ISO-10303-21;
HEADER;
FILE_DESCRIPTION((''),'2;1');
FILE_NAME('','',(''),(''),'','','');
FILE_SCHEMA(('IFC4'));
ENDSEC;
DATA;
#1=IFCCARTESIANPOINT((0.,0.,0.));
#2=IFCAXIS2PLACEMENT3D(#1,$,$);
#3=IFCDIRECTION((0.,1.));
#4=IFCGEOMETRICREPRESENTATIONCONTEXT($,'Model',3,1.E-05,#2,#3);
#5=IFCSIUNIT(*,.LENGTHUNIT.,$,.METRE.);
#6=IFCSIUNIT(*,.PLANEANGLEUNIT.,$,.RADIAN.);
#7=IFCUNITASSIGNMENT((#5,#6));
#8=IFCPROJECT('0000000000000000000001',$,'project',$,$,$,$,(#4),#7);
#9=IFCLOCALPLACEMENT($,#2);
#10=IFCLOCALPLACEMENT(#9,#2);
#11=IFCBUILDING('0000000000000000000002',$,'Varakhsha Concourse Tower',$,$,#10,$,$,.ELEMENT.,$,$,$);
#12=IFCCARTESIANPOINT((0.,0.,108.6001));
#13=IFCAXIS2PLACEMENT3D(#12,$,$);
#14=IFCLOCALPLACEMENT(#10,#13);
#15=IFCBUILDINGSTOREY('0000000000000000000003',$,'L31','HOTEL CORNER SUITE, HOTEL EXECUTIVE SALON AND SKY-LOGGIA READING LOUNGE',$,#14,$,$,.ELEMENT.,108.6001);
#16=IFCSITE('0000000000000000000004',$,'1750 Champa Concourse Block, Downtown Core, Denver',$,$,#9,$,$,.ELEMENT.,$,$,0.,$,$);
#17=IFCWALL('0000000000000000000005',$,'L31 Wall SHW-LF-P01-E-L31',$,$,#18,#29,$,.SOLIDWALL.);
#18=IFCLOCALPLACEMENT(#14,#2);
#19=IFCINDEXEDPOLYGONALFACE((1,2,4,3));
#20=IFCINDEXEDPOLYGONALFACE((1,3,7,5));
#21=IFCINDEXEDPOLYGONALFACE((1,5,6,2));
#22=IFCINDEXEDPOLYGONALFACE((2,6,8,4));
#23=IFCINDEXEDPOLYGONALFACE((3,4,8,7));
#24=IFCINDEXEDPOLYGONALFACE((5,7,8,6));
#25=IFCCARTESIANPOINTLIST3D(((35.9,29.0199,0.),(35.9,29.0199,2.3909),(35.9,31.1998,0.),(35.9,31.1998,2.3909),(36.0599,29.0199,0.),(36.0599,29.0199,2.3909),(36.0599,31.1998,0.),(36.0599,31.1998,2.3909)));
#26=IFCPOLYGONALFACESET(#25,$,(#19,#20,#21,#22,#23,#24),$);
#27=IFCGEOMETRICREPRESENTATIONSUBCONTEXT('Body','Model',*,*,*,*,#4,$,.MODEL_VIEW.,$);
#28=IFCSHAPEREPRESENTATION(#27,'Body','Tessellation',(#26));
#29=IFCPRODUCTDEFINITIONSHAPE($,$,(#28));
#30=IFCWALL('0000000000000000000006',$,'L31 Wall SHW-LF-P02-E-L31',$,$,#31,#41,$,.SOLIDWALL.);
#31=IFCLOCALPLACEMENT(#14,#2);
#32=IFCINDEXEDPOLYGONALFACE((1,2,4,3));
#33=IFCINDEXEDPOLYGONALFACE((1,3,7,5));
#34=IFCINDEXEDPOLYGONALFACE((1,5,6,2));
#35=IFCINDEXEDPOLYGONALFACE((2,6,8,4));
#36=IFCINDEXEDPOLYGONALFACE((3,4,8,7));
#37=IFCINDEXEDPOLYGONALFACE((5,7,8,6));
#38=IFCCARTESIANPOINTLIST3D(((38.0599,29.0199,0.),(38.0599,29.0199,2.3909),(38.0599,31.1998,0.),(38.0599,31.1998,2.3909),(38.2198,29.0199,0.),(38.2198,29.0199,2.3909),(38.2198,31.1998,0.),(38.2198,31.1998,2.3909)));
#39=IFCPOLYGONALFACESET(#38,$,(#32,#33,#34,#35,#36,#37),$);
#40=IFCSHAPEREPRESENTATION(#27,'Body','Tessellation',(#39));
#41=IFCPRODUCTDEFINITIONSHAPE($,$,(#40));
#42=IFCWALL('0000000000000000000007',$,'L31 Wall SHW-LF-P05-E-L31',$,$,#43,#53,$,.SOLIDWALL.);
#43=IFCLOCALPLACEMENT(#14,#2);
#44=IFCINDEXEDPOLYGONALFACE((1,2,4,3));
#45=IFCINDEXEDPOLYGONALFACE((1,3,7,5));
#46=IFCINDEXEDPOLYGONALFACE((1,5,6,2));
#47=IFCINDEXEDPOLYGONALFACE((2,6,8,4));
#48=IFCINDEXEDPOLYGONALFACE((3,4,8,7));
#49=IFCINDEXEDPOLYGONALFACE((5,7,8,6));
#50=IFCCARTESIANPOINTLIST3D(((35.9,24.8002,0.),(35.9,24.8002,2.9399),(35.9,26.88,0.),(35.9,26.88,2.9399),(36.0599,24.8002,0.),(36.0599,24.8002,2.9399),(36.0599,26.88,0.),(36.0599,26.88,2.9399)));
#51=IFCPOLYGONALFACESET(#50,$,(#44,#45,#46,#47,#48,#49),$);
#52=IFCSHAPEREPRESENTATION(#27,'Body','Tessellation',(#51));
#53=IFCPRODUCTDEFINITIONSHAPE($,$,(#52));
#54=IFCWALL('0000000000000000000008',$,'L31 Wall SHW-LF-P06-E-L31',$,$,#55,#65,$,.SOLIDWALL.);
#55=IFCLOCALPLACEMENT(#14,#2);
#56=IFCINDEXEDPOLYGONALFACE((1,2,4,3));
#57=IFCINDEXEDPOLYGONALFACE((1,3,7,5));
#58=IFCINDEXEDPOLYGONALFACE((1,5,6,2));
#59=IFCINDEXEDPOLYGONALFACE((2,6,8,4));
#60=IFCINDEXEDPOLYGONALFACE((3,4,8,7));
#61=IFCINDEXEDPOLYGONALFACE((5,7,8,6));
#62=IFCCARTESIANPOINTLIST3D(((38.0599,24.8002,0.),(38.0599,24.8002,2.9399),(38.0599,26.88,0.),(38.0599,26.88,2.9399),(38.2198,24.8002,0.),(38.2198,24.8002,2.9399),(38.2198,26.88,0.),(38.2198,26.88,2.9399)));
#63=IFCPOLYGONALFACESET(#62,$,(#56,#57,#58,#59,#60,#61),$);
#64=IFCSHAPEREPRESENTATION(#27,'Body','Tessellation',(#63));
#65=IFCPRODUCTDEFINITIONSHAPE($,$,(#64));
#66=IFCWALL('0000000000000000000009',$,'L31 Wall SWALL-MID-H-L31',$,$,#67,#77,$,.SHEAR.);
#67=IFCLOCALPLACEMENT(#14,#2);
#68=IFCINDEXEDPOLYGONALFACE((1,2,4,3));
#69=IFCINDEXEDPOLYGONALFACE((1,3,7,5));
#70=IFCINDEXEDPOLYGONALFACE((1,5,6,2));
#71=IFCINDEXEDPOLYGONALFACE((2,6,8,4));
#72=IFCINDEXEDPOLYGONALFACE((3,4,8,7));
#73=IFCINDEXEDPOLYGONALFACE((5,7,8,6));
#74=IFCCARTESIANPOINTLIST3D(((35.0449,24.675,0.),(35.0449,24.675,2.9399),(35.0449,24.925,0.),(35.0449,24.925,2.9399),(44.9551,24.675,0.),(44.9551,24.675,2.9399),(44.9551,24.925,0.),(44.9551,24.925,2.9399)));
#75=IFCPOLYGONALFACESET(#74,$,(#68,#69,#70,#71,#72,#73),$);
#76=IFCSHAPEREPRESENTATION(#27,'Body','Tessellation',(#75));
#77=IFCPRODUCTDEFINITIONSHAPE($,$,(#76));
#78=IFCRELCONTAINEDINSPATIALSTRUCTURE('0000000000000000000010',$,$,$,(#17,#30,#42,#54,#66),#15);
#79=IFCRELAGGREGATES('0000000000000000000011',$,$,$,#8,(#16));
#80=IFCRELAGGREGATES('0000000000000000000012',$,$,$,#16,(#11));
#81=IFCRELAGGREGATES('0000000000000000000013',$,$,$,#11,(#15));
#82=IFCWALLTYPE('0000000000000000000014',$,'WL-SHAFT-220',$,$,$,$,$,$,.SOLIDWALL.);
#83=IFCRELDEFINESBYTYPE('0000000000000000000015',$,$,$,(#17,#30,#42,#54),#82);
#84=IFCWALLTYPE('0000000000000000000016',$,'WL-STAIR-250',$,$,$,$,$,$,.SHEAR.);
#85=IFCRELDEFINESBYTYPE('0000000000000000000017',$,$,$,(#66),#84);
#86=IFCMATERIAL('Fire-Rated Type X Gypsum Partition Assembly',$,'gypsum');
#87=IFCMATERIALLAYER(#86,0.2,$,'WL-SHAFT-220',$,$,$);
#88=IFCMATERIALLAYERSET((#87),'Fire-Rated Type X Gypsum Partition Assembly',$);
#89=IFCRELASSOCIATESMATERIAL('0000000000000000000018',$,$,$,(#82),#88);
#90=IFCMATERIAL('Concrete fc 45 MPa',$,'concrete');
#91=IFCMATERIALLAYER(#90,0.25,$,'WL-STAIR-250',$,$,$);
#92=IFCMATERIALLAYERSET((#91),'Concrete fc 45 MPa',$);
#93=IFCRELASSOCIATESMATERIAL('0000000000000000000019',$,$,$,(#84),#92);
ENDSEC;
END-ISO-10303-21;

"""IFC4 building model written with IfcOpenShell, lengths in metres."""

from ifc_helpers import new_model, si_unit, direction, frame, frame_2d, origin, place, context, subcontext, project, spatial, rectangle, extrude, material, layer, layer_set, type_object, element, save


model = new_model("IFC4")

# Units and contexts
model_context = context("Model", 3, precision=1e-05, world=origin(), true_north=direction((0.0, 1.0)))
body_context = subcontext(model_context, "Body", "Model", "MODEL_VIEW")
ifc_project = project(units=[si_unit("LENGTHUNIT", "METRE"), si_unit("PLANEANGLEUNIT", "RADIAN")], contexts=[model_context])

# Site, building, storey
site_placement = place(None, origin())
site = spatial("IfcSite", under=ifc_project, at=site_placement, Name="1750 Champa Concourse Block, Downtown Core, Denver", CompositionType="ELEMENT", RefElevation=0.0)
building_placement = place(site_placement, origin())
building = spatial("IfcBuilding", under=site, at=building_placement, Name="Varakhsha Concourse Tower", CompositionType="ELEMENT")
storey_placement = place(building_placement, frame((0.0, 0.0, 108.6001)))
storey = spatial("IfcBuildingStorey", under=building, at=storey_placement, Name="L31", Description="HOTEL CORNER SUITE, HOTEL EXECUTIVE SALON AND SKY-LOGGIA READING LOUNGE", CompositionType="ELEMENT", Elevation=108.6001)

# Shared definitions
ifc_material_1 = material(Name="Fire-Rated Type X Gypsum Partition Assembly", Category="gypsum")
ifc_layer_1 = layer(ifc_material_1, 0.2, Name="WL-SHAFT-220")
ifc_layer_set_1 = layer_set([ifc_layer_1], Name="Fire-Rated Type X Gypsum Partition Assembly")
wall_type_1 = type_object("IfcWallType", Name="WL-SHAFT-220", PredefinedType="SOLIDWALL", material=ifc_layer_set_1)

# Walls
for number, where, z_axis, x_axis, name in (
    (1, (35.98, 29.02, 0.0), (0.0, 0.0, 1.0), (0.0, 1.0, 0.0), "L31 Wall SHW-LF-P01-E-L31"),
    (2, (38.1399, 29.02, 0.0), (0.0, 0.0, 1.0), (0.0, 1.0, 0.0), "L31 Wall SHW-LF-P02-E-L31"),
):
    element("IfcWall", number, at=place(storey_placement, frame(where, z_axis=z_axis, x_axis=x_axis)), inside=storey, type_object=wall_type_1, Name=name, PredefinedType="SOLIDWALL", context=body_context, shape_type="SweptSolid", body=[
        extrude(rectangle(XDim=2.1799, YDim=0.1599, at=frame_2d((1.0898, 0.0))), origin(), (0.0, 0.0, 1.0), 2.3909),
    ])
for number, where, z_axis, x_axis, name in (
    (3, (35.98, 24.8, 0.0), (0.0, 0.0, 1.0), (0.0, 1.0, 0.0), "L31 Wall SHW-LF-P05-E-L31"),
    (4, (38.1399, 24.8, 0.0), (0.0, 0.0, 1.0), (0.0, 1.0, 0.0), "L31 Wall SHW-LF-P06-E-L31"),
):
    element("IfcWall", number, at=place(storey_placement, frame(where, z_axis=z_axis, x_axis=x_axis)), inside=storey, type_object=wall_type_1, Name=name, PredefinedType="SOLIDWALL", context=body_context, shape_type="SweptSolid", body=[
        extrude(rectangle(XDim=2.0798, YDim=0.1599, at=frame_2d((1.04, 0.0))), origin(), (0.0, 0.0, 1.0), 2.9399),
    ])
ifc_material_2 = material(Name="Concrete fc 45 MPa", Category="concrete")
ifc_layer_2 = layer(ifc_material_2, 0.25, Name="WL-STAIR-250")
ifc_layer_set_2 = layer_set([ifc_layer_2], Name="Concrete fc 45 MPa")
wall_type_2 = type_object("IfcWallType", Name="WL-STAIR-250", PredefinedType="SHEAR", material=ifc_layer_set_2)
wall_1_placement = place(storey_placement, frame((35.0449, 24.8, 0.0), z_axis=(0.0, 0.0, 1.0), x_axis=(1.0, 0.0, 0.0)))
element("IfcWall", 5, at=wall_1_placement, inside=storey, type_object=wall_type_2, Name="L31 Wall SWALL-MID-H-L31", PredefinedType="SHEAR", context=body_context, shape_type="SweptSolid", body=[
    extrude(rectangle(XDim=9.9102, YDim=0.25, at=frame_2d((4.9551, 0.0))), origin(), (0.0, 0.0, 1.0), 2.9399),
])

save(model, "model.ifc")
